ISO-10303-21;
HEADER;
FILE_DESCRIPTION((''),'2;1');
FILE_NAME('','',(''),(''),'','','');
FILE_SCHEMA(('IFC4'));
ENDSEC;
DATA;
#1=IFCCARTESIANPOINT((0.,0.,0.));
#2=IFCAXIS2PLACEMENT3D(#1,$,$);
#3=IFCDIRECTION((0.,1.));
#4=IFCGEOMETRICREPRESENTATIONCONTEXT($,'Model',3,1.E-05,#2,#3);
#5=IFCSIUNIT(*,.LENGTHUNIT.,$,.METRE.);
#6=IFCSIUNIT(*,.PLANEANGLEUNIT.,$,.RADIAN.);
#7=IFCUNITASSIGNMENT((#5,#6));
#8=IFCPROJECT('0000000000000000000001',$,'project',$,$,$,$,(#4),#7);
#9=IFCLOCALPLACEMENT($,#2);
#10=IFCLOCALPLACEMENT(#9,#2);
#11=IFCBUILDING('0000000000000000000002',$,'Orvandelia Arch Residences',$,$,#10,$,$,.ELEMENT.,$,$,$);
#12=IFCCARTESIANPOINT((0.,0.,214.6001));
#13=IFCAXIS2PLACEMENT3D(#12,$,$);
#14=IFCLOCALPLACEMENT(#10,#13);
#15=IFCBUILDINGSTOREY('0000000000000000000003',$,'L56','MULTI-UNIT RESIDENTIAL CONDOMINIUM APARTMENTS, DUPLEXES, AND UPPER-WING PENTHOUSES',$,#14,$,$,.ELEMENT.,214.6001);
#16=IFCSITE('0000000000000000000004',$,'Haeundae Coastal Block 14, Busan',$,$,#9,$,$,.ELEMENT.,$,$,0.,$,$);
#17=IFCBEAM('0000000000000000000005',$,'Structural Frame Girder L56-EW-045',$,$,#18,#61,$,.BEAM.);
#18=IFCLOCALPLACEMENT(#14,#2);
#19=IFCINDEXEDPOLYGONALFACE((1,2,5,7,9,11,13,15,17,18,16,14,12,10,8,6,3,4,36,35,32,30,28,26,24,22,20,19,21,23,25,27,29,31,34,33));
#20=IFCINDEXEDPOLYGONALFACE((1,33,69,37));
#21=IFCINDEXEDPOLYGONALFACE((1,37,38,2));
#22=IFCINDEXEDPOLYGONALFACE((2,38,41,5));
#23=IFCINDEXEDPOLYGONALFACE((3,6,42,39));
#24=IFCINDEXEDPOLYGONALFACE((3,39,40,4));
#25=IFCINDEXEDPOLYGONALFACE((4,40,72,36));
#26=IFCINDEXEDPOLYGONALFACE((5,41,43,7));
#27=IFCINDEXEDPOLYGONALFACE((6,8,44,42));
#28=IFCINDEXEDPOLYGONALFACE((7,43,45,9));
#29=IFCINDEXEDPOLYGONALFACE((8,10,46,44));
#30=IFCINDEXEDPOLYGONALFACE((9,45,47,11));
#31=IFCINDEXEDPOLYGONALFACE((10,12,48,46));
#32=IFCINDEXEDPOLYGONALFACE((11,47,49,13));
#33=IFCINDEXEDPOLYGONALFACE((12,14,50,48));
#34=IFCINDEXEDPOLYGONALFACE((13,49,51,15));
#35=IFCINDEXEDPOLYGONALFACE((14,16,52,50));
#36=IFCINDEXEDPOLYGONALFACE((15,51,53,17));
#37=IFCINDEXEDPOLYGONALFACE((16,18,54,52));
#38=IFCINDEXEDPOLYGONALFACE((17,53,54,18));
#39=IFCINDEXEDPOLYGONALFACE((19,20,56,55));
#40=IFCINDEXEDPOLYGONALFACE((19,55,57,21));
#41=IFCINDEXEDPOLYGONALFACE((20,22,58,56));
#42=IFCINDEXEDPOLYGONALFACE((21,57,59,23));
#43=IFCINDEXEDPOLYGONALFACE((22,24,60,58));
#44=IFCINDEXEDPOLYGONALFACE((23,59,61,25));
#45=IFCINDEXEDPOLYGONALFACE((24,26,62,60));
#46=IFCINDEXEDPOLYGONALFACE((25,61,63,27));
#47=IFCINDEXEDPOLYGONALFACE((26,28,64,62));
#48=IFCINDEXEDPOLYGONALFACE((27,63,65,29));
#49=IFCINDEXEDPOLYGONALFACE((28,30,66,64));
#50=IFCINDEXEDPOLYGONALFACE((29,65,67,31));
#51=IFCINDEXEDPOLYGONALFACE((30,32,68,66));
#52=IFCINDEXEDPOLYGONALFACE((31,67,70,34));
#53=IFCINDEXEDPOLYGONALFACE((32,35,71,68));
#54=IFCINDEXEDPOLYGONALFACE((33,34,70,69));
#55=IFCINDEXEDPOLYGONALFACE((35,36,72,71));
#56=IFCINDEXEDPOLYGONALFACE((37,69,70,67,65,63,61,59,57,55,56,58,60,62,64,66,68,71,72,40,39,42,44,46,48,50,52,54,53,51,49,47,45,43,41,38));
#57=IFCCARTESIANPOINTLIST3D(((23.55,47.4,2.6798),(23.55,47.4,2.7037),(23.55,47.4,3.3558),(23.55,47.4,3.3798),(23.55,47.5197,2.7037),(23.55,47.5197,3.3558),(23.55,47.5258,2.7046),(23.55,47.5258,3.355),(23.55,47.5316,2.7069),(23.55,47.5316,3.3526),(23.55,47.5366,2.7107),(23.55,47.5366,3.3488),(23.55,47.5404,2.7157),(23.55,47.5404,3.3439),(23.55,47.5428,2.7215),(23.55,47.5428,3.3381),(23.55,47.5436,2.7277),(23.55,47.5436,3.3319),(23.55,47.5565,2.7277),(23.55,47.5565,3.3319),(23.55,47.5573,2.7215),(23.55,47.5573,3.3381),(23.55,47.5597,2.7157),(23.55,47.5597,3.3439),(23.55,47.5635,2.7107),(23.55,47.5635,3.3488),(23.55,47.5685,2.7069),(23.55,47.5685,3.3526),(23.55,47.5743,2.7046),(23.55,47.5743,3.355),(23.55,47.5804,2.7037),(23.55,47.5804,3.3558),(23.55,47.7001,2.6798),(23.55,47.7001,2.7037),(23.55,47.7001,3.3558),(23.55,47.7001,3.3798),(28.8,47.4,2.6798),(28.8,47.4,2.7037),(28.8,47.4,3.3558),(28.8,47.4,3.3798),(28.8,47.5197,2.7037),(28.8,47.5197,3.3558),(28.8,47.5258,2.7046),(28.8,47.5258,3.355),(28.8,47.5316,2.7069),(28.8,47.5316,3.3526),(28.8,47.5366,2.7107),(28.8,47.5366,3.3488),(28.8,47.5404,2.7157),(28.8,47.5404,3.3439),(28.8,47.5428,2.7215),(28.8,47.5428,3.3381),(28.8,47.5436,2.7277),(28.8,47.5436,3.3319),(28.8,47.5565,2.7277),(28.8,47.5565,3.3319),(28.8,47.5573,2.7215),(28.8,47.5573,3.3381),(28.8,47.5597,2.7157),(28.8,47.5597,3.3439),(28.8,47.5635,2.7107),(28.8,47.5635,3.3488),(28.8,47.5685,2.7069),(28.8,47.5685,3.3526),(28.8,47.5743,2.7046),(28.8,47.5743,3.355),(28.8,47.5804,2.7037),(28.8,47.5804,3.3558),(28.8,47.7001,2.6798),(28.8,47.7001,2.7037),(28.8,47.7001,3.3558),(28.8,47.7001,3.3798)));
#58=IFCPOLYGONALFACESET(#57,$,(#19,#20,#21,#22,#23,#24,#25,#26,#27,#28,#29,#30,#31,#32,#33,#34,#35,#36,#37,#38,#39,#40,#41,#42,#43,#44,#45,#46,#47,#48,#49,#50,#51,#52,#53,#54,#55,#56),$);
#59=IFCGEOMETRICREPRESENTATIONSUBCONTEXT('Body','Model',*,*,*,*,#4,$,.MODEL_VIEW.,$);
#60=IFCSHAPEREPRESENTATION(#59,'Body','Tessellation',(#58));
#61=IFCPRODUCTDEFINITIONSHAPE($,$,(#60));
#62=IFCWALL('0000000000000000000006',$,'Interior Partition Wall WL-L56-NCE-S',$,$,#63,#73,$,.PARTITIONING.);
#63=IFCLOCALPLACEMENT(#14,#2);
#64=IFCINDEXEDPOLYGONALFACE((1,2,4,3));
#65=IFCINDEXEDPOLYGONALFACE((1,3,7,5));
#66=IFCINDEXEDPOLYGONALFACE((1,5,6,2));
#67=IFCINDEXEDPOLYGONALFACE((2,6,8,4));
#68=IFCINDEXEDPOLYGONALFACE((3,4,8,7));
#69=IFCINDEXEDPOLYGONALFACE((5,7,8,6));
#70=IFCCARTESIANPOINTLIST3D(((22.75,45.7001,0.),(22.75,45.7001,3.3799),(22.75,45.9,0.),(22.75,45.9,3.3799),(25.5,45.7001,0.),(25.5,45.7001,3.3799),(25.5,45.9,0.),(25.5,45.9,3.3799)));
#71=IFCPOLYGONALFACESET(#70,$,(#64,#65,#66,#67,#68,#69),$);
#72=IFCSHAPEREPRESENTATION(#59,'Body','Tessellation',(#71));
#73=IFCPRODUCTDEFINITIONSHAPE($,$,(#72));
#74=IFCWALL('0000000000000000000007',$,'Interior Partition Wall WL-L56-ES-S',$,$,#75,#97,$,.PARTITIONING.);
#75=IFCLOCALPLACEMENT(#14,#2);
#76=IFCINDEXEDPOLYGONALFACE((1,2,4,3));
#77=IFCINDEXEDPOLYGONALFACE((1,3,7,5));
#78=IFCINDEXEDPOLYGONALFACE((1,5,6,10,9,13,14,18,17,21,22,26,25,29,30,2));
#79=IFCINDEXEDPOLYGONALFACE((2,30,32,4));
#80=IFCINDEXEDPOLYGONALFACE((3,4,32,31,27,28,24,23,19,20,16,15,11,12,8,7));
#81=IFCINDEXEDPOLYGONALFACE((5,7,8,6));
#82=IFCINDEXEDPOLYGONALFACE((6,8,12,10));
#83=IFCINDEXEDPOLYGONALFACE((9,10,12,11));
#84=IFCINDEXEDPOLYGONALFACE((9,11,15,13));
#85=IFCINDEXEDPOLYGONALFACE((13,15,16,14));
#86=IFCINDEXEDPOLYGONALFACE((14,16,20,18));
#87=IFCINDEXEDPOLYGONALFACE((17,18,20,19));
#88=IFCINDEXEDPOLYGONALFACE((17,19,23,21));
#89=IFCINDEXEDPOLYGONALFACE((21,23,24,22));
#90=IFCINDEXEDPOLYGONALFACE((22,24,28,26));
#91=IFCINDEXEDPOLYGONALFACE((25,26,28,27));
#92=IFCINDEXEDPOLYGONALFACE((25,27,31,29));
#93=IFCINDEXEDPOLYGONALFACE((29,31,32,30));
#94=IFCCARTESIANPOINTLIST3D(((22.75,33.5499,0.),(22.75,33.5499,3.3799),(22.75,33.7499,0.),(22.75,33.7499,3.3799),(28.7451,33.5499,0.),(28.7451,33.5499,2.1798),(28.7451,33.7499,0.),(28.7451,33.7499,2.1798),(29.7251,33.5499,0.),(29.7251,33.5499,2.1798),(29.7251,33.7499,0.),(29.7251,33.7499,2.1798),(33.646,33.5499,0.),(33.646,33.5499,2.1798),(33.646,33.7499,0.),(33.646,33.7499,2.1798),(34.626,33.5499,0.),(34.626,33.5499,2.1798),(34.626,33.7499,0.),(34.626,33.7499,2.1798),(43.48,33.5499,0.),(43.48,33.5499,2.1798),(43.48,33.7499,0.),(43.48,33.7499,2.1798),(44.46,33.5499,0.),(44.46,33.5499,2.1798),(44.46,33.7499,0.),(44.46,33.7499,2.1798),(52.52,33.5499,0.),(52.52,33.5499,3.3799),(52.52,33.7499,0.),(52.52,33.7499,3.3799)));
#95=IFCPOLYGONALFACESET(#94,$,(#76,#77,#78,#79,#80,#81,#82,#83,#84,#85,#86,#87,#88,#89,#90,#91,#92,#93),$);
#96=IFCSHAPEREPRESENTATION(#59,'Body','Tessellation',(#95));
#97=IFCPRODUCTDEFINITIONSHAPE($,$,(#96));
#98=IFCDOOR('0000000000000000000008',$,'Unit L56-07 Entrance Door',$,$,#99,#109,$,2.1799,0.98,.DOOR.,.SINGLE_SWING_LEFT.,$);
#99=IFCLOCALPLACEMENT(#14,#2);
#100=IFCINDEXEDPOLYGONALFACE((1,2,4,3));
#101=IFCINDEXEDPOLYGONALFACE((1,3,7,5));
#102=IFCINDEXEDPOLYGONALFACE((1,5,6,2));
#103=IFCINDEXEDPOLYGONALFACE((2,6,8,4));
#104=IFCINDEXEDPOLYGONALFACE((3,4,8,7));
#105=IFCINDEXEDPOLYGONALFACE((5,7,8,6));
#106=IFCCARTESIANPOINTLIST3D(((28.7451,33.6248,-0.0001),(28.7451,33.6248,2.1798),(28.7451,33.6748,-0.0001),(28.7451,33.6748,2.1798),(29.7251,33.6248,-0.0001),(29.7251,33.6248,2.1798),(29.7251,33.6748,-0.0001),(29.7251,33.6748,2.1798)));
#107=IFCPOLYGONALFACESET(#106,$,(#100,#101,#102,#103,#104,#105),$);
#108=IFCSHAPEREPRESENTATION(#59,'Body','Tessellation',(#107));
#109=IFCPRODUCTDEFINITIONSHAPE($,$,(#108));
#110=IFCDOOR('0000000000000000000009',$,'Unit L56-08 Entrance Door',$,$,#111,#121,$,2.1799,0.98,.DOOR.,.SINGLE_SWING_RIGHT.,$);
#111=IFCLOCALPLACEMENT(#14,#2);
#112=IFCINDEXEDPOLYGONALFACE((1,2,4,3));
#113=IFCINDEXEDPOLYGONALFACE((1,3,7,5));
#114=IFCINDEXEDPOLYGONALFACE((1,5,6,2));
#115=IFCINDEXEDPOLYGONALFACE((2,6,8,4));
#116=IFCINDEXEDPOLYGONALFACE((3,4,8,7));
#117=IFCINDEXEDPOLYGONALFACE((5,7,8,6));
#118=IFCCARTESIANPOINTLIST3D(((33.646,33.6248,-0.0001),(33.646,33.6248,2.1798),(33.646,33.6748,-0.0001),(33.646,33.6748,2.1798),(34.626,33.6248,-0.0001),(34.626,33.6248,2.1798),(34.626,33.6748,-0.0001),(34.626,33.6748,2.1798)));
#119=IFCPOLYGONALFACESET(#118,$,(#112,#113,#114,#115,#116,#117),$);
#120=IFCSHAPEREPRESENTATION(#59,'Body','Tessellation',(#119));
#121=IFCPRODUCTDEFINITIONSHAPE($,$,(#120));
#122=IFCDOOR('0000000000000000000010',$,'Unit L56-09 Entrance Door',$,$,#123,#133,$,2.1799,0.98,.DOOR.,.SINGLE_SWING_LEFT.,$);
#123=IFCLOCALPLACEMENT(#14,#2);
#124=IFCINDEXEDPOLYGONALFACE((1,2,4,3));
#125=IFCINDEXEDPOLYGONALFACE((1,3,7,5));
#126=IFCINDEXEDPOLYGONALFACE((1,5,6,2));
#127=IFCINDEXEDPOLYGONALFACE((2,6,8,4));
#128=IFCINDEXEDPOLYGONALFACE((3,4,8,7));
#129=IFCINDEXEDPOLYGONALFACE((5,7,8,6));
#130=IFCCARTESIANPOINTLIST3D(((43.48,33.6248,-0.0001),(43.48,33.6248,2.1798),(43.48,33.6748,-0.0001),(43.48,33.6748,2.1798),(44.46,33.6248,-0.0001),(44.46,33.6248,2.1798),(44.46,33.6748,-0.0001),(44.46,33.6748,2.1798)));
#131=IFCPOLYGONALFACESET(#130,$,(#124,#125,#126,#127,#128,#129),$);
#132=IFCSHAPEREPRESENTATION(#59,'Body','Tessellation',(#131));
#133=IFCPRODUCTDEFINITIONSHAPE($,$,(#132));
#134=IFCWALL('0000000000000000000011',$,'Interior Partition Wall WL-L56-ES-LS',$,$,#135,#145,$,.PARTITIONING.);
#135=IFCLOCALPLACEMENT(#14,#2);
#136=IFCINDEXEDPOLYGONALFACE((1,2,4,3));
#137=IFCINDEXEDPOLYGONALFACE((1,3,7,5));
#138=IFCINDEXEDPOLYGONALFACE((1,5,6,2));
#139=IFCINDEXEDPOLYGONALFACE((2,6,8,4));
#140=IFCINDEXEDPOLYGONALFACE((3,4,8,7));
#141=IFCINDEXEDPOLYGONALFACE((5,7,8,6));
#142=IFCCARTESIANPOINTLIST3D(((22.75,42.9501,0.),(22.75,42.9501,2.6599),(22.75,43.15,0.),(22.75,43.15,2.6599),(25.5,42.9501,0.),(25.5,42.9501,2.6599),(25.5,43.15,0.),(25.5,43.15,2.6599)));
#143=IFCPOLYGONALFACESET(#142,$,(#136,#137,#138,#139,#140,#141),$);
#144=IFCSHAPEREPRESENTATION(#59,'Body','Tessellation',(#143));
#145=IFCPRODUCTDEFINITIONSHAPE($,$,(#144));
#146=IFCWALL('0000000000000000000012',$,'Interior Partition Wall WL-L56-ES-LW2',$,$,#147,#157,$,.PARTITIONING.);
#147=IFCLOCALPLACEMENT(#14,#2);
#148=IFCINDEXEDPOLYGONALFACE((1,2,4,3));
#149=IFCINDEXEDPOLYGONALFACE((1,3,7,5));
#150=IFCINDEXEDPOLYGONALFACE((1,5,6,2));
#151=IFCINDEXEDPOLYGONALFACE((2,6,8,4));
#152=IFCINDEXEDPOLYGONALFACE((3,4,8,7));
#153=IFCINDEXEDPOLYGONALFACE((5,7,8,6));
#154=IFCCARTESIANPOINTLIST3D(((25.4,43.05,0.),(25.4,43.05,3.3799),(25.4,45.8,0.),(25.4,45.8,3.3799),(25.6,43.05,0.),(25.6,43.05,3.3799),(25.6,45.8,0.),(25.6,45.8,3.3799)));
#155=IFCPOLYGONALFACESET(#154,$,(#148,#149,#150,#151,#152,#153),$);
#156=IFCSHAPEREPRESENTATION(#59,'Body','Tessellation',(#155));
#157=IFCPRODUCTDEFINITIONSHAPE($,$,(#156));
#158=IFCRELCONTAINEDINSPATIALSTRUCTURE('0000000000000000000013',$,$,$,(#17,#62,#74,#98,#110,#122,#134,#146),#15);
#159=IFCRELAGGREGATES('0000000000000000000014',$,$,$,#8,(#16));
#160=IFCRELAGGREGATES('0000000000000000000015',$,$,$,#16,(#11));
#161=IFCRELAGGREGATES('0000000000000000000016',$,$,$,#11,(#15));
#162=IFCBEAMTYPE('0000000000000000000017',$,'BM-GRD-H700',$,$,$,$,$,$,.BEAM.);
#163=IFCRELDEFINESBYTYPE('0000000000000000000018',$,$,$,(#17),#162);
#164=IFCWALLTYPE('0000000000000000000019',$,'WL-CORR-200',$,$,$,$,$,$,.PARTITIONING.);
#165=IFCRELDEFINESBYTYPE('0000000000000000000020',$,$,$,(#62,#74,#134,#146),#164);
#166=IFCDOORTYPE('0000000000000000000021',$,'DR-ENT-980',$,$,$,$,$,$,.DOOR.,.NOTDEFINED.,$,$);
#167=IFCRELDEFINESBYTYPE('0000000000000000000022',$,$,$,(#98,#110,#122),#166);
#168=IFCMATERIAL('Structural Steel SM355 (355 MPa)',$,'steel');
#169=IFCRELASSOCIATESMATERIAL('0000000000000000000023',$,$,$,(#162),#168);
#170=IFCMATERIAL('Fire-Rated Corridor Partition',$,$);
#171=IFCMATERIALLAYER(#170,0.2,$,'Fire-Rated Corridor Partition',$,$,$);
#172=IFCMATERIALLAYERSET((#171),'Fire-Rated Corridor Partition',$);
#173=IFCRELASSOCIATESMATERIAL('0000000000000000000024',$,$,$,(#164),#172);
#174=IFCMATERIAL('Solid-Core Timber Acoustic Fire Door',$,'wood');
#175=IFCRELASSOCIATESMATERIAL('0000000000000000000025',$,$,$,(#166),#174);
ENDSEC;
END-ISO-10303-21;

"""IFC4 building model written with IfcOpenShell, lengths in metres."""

from ifc_helpers import new_model, si_unit, direction, frame, frame_2d, origin, origin_2d, place, context, subcontext, project, spatial, rectangle, i_section, extrude, material, layer, layer_set, material_profile, profile_set, type_object, element, fill, save


model = new_model("IFC4")

# Units and contexts
model_context = context("Model", 3, precision=1e-05, world=origin(), true_north=direction((0.0, 1.0)))
body_context = subcontext(model_context, "Body", "Model", "MODEL_VIEW")
ifc_project = project(units=[si_unit("LENGTHUNIT", "METRE"), si_unit("PLANEANGLEUNIT", "RADIAN")], contexts=[model_context])

# Site, building, storey
site_placement = place(None, origin())
site = spatial("IfcSite", under=ifc_project, at=site_placement, Name="Haeundae Coastal Block 14, Busan", CompositionType="ELEMENT", RefElevation=0.0)
building_placement = place(site_placement, origin())
building = spatial("IfcBuilding", under=site, at=building_placement, Name="Orvandelia Arch Residences", CompositionType="ELEMENT")
storey_placement = place(building_placement, frame((0.0, 0.0, 214.6001)))
storey = spatial("IfcBuildingStorey", under=building, at=storey_placement, Name="L56", Description="MULTI-UNIT RESIDENTIAL CONDOMINIUM APARTMENTS, DUPLEXES, AND UPPER-WING PENTHOUSES", CompositionType="ELEMENT", Elevation=214.6001)

# Beam
ifc_material_1 = material(Name="Structural Steel SM355 (355 MPa)", Category="steel")
ifc_material_profile_1 = material_profile(ifc_material_1, i_section(OverallWidth=0.3, OverallDepth=0.7, WebThickness=0.0129, FlangeThickness=0.0239, FilletRadius=0.0239, at=origin_2d()), Name="Structural Steel SM355 (355 MPa)", Category="steel")
ifc_profile_set_1 = profile_set([ifc_material_profile_1], Name="Structural Steel SM355 (355 MPa)")
beam_type = type_object("IfcBeamType", Name="BM-GRD-H700", PredefinedType="BEAM", material=ifc_profile_set_1)
beam_1_placement = place(storey_placement, frame((23.55, 47.55, 3.0298), z_axis=(1.0, 0.0, 0.0), x_axis=(0.0, 1.0, 0.0)))
element("IfcBeam", 1, at=beam_1_placement, inside=storey, type_object=beam_type, Name="Structural Frame Girder L56-EW-045", PredefinedType="BEAM", context=body_context, shape_type="SweptSolid", body=[
    extrude(i_section(OverallWidth=0.3, OverallDepth=0.7, WebThickness=0.0129, FlangeThickness=0.0239, FilletRadius=0.0239, at=origin_2d()), origin(), (0.0, 0.0, 1.0), 5.25),
])

# Wall
ifc_material_2 = material(Name="Fire-Rated Corridor Partition")
ifc_layer_1 = layer(ifc_material_2, 0.2, Name="Fire-Rated Corridor Partition")
ifc_layer_set_1 = layer_set([ifc_layer_1], Name="Fire-Rated Corridor Partition")
wall_type_1 = type_object("IfcWallType", Name="WL-CORR-200", PredefinedType="PARTITIONING", material=ifc_layer_set_1)
wall_1_placement = place(storey_placement, frame((22.75, 45.8, 0.0), z_axis=(0.0, 0.0, 1.0), x_axis=(1.0, 0.0, 0.0)))
element("IfcWall", 2, at=wall_1_placement, inside=storey, type_object=wall_type_1, Name="Interior Partition Wall WL-L56-NCE-S", PredefinedType="PARTITIONING", context=body_context, shape_type="SweptSolid", body=[
    extrude(rectangle(XDim=2.75, YDim=0.2, at=frame_2d((1.375, 0.0))), origin(), (0.0, 0.0, 1.0), 3.3799),
])

# Wall, openings, doors
wall_2_placement = place(storey_placement, frame((22.75, 33.6499, 0.0), z_axis=(0.0, 0.0, 1.0), x_axis=(1.0, 0.0, 0.0)))
wall_2 = element("IfcWall", 3, at=wall_2_placement, inside=storey, type_object=wall_type_1, Name="Interior Partition Wall WL-L56-ES-S", PredefinedType="PARTITIONING", context=body_context, shape_type="SweptSolid", body=[
    extrude(rectangle(XDim=29.77, YDim=0.2, at=frame_2d((14.885, 0.0))), origin(), (0.0, 0.0, 1.0), 3.3799),
])
opening_1_placement = place(wall_2_placement, frame((5.9951, 0.0, 0.0)))
opening_1 = element("IfcOpeningElement", 4, at=opening_1_placement, cuts=wall_2, PredefinedType="OPENING", context=body_context, shape_type="SweptSolid", body=[
    extrude(rectangle(XDim=0.98, YDim=2.1799, at=frame_2d((0.49, 1.0898))), frame((0.0, 0.1099, 0.0), z_axis=(0.0, -1.0, 0.0), x_axis=(1.0, 0.0, 0.0)), (0.0, 0.0, 1.0), 0.22),
])
opening_2_placement = place(wall_2_placement, frame((10.896, 0.0, 0.0)))
opening_2 = element("IfcOpeningElement", 5, at=opening_2_placement, cuts=wall_2, PredefinedType="OPENING", context=body_context, shape_type="SweptSolid", body=[
    extrude(rectangle(XDim=0.98, YDim=2.1799, at=frame_2d((0.49, 1.0898))), frame((0.0, 0.1099, 0.0), z_axis=(0.0, -1.0, 0.0), x_axis=(1.0, 0.0, 0.0)), (0.0, 0.0, 1.0), 0.22),
])
opening_3_placement = place(wall_2_placement, frame((20.73, 0.0, 0.0)))
opening_3 = element("IfcOpeningElement", 6, at=opening_3_placement, cuts=wall_2, PredefinedType="OPENING", context=body_context, shape_type="SweptSolid", body=[
    extrude(rectangle(XDim=0.98, YDim=2.1799, at=frame_2d((0.49, 1.0898))), frame((0.0, 0.1099, 0.0), z_axis=(0.0, -1.0, 0.0), x_axis=(1.0, 0.0, 0.0)), (0.0, 0.0, 1.0), 0.22),
])
ifc_material_3 = material(Name="Solid-Core Timber Acoustic Fire Door", Category="wood")
door_type_1 = type_object("IfcDoorType", Name="DR-ENT-980", OperationType="NOTDEFINED", PredefinedType="DOOR", material=ifc_material_3)
door_1_placement = place(opening_1_placement, origin())
door_1 = element("IfcDoor", 7, at=door_1_placement, inside=storey, type_object=door_type_1, Name="Unit L56-07 Entrance Door", OperationType="SINGLE_SWING_LEFT", OverallHeight=2.1799, OverallWidth=0.98, PredefinedType="DOOR", context=body_context, shape_type="SweptSolid", body=[
    extrude(rectangle(XDim=0.98, YDim=2.1799, at=frame_2d((0.49, 1.0898))), frame((0.0, 0.0249, 0.0), z_axis=(0.0, -1.0, 0.0), x_axis=(1.0, 0.0, 0.0)), (0.0, 0.0, 1.0), 0.05),
])
fill(opening_1, door_1)
door_2_placement = place(opening_2_placement, origin())
door_2 = element("IfcDoor", 8, at=door_2_placement, inside=storey, type_object=door_type_1, Name="Unit L56-08 Entrance Door", OperationType="SINGLE_SWING_RIGHT", OverallHeight=2.1799, OverallWidth=0.98, PredefinedType="DOOR", context=body_context, shape_type="SweptSolid", body=[
    extrude(rectangle(XDim=0.98, YDim=2.1799, at=frame_2d((0.49, 1.0898))), frame((0.0, 0.0249, 0.0), z_axis=(0.0, -1.0, 0.0), x_axis=(1.0, 0.0, 0.0)), (0.0, 0.0, 1.0), 0.05),
])
fill(opening_2, door_2)
door_3_placement = place(opening_3_placement, origin())
door_3 = element("IfcDoor", 9, at=door_3_placement, inside=storey, type_object=door_type_1, Name="Unit L56-09 Entrance Door", OperationType="SINGLE_SWING_LEFT", OverallHeight=2.1799, OverallWidth=0.98, PredefinedType="DOOR", context=body_context, shape_type="SweptSolid", body=[
    extrude(rectangle(XDim=0.98, YDim=2.1799, at=frame_2d((0.49, 1.0898))), frame((0.0, 0.0249, 0.0), z_axis=(0.0, -1.0, 0.0), x_axis=(1.0, 0.0, 0.0)), (0.0, 0.0, 1.0), 0.05),
])
fill(opening_3, door_3)

# Walls
wall_3_placement = place(storey_placement, frame((22.75, 43.05, 0.0), z_axis=(0.0, 0.0, 1.0), x_axis=(1.0, 0.0, 0.0)))
element("IfcWall", 10, at=wall_3_placement, inside=storey, type_object=wall_type_1, Name="Interior Partition Wall WL-L56-ES-LS", PredefinedType="PARTITIONING", context=body_context, shape_type="SweptSolid", body=[
    extrude(rectangle(XDim=2.75, YDim=0.2, at=frame_2d((1.375, 0.0))), origin(), (0.0, 0.0, 1.0), 2.6599),
])
wall_4_placement = place(storey_placement, frame((25.5, 43.05, 0.0), z_axis=(0.0, 0.0, 1.0), x_axis=(0.0, 1.0, 0.0)))
element("IfcWall", 11, at=wall_4_placement, inside=storey, type_object=wall_type_1, Name="Interior Partition Wall WL-L56-ES-LW2", PredefinedType="PARTITIONING", context=body_context, shape_type="SweptSolid", body=[
    extrude(rectangle(XDim=2.75, YDim=0.2, at=frame_2d((1.375, 0.0))), origin(), (0.0, 0.0, 1.0), 3.3799),
])

save(model, "model.ifc")
